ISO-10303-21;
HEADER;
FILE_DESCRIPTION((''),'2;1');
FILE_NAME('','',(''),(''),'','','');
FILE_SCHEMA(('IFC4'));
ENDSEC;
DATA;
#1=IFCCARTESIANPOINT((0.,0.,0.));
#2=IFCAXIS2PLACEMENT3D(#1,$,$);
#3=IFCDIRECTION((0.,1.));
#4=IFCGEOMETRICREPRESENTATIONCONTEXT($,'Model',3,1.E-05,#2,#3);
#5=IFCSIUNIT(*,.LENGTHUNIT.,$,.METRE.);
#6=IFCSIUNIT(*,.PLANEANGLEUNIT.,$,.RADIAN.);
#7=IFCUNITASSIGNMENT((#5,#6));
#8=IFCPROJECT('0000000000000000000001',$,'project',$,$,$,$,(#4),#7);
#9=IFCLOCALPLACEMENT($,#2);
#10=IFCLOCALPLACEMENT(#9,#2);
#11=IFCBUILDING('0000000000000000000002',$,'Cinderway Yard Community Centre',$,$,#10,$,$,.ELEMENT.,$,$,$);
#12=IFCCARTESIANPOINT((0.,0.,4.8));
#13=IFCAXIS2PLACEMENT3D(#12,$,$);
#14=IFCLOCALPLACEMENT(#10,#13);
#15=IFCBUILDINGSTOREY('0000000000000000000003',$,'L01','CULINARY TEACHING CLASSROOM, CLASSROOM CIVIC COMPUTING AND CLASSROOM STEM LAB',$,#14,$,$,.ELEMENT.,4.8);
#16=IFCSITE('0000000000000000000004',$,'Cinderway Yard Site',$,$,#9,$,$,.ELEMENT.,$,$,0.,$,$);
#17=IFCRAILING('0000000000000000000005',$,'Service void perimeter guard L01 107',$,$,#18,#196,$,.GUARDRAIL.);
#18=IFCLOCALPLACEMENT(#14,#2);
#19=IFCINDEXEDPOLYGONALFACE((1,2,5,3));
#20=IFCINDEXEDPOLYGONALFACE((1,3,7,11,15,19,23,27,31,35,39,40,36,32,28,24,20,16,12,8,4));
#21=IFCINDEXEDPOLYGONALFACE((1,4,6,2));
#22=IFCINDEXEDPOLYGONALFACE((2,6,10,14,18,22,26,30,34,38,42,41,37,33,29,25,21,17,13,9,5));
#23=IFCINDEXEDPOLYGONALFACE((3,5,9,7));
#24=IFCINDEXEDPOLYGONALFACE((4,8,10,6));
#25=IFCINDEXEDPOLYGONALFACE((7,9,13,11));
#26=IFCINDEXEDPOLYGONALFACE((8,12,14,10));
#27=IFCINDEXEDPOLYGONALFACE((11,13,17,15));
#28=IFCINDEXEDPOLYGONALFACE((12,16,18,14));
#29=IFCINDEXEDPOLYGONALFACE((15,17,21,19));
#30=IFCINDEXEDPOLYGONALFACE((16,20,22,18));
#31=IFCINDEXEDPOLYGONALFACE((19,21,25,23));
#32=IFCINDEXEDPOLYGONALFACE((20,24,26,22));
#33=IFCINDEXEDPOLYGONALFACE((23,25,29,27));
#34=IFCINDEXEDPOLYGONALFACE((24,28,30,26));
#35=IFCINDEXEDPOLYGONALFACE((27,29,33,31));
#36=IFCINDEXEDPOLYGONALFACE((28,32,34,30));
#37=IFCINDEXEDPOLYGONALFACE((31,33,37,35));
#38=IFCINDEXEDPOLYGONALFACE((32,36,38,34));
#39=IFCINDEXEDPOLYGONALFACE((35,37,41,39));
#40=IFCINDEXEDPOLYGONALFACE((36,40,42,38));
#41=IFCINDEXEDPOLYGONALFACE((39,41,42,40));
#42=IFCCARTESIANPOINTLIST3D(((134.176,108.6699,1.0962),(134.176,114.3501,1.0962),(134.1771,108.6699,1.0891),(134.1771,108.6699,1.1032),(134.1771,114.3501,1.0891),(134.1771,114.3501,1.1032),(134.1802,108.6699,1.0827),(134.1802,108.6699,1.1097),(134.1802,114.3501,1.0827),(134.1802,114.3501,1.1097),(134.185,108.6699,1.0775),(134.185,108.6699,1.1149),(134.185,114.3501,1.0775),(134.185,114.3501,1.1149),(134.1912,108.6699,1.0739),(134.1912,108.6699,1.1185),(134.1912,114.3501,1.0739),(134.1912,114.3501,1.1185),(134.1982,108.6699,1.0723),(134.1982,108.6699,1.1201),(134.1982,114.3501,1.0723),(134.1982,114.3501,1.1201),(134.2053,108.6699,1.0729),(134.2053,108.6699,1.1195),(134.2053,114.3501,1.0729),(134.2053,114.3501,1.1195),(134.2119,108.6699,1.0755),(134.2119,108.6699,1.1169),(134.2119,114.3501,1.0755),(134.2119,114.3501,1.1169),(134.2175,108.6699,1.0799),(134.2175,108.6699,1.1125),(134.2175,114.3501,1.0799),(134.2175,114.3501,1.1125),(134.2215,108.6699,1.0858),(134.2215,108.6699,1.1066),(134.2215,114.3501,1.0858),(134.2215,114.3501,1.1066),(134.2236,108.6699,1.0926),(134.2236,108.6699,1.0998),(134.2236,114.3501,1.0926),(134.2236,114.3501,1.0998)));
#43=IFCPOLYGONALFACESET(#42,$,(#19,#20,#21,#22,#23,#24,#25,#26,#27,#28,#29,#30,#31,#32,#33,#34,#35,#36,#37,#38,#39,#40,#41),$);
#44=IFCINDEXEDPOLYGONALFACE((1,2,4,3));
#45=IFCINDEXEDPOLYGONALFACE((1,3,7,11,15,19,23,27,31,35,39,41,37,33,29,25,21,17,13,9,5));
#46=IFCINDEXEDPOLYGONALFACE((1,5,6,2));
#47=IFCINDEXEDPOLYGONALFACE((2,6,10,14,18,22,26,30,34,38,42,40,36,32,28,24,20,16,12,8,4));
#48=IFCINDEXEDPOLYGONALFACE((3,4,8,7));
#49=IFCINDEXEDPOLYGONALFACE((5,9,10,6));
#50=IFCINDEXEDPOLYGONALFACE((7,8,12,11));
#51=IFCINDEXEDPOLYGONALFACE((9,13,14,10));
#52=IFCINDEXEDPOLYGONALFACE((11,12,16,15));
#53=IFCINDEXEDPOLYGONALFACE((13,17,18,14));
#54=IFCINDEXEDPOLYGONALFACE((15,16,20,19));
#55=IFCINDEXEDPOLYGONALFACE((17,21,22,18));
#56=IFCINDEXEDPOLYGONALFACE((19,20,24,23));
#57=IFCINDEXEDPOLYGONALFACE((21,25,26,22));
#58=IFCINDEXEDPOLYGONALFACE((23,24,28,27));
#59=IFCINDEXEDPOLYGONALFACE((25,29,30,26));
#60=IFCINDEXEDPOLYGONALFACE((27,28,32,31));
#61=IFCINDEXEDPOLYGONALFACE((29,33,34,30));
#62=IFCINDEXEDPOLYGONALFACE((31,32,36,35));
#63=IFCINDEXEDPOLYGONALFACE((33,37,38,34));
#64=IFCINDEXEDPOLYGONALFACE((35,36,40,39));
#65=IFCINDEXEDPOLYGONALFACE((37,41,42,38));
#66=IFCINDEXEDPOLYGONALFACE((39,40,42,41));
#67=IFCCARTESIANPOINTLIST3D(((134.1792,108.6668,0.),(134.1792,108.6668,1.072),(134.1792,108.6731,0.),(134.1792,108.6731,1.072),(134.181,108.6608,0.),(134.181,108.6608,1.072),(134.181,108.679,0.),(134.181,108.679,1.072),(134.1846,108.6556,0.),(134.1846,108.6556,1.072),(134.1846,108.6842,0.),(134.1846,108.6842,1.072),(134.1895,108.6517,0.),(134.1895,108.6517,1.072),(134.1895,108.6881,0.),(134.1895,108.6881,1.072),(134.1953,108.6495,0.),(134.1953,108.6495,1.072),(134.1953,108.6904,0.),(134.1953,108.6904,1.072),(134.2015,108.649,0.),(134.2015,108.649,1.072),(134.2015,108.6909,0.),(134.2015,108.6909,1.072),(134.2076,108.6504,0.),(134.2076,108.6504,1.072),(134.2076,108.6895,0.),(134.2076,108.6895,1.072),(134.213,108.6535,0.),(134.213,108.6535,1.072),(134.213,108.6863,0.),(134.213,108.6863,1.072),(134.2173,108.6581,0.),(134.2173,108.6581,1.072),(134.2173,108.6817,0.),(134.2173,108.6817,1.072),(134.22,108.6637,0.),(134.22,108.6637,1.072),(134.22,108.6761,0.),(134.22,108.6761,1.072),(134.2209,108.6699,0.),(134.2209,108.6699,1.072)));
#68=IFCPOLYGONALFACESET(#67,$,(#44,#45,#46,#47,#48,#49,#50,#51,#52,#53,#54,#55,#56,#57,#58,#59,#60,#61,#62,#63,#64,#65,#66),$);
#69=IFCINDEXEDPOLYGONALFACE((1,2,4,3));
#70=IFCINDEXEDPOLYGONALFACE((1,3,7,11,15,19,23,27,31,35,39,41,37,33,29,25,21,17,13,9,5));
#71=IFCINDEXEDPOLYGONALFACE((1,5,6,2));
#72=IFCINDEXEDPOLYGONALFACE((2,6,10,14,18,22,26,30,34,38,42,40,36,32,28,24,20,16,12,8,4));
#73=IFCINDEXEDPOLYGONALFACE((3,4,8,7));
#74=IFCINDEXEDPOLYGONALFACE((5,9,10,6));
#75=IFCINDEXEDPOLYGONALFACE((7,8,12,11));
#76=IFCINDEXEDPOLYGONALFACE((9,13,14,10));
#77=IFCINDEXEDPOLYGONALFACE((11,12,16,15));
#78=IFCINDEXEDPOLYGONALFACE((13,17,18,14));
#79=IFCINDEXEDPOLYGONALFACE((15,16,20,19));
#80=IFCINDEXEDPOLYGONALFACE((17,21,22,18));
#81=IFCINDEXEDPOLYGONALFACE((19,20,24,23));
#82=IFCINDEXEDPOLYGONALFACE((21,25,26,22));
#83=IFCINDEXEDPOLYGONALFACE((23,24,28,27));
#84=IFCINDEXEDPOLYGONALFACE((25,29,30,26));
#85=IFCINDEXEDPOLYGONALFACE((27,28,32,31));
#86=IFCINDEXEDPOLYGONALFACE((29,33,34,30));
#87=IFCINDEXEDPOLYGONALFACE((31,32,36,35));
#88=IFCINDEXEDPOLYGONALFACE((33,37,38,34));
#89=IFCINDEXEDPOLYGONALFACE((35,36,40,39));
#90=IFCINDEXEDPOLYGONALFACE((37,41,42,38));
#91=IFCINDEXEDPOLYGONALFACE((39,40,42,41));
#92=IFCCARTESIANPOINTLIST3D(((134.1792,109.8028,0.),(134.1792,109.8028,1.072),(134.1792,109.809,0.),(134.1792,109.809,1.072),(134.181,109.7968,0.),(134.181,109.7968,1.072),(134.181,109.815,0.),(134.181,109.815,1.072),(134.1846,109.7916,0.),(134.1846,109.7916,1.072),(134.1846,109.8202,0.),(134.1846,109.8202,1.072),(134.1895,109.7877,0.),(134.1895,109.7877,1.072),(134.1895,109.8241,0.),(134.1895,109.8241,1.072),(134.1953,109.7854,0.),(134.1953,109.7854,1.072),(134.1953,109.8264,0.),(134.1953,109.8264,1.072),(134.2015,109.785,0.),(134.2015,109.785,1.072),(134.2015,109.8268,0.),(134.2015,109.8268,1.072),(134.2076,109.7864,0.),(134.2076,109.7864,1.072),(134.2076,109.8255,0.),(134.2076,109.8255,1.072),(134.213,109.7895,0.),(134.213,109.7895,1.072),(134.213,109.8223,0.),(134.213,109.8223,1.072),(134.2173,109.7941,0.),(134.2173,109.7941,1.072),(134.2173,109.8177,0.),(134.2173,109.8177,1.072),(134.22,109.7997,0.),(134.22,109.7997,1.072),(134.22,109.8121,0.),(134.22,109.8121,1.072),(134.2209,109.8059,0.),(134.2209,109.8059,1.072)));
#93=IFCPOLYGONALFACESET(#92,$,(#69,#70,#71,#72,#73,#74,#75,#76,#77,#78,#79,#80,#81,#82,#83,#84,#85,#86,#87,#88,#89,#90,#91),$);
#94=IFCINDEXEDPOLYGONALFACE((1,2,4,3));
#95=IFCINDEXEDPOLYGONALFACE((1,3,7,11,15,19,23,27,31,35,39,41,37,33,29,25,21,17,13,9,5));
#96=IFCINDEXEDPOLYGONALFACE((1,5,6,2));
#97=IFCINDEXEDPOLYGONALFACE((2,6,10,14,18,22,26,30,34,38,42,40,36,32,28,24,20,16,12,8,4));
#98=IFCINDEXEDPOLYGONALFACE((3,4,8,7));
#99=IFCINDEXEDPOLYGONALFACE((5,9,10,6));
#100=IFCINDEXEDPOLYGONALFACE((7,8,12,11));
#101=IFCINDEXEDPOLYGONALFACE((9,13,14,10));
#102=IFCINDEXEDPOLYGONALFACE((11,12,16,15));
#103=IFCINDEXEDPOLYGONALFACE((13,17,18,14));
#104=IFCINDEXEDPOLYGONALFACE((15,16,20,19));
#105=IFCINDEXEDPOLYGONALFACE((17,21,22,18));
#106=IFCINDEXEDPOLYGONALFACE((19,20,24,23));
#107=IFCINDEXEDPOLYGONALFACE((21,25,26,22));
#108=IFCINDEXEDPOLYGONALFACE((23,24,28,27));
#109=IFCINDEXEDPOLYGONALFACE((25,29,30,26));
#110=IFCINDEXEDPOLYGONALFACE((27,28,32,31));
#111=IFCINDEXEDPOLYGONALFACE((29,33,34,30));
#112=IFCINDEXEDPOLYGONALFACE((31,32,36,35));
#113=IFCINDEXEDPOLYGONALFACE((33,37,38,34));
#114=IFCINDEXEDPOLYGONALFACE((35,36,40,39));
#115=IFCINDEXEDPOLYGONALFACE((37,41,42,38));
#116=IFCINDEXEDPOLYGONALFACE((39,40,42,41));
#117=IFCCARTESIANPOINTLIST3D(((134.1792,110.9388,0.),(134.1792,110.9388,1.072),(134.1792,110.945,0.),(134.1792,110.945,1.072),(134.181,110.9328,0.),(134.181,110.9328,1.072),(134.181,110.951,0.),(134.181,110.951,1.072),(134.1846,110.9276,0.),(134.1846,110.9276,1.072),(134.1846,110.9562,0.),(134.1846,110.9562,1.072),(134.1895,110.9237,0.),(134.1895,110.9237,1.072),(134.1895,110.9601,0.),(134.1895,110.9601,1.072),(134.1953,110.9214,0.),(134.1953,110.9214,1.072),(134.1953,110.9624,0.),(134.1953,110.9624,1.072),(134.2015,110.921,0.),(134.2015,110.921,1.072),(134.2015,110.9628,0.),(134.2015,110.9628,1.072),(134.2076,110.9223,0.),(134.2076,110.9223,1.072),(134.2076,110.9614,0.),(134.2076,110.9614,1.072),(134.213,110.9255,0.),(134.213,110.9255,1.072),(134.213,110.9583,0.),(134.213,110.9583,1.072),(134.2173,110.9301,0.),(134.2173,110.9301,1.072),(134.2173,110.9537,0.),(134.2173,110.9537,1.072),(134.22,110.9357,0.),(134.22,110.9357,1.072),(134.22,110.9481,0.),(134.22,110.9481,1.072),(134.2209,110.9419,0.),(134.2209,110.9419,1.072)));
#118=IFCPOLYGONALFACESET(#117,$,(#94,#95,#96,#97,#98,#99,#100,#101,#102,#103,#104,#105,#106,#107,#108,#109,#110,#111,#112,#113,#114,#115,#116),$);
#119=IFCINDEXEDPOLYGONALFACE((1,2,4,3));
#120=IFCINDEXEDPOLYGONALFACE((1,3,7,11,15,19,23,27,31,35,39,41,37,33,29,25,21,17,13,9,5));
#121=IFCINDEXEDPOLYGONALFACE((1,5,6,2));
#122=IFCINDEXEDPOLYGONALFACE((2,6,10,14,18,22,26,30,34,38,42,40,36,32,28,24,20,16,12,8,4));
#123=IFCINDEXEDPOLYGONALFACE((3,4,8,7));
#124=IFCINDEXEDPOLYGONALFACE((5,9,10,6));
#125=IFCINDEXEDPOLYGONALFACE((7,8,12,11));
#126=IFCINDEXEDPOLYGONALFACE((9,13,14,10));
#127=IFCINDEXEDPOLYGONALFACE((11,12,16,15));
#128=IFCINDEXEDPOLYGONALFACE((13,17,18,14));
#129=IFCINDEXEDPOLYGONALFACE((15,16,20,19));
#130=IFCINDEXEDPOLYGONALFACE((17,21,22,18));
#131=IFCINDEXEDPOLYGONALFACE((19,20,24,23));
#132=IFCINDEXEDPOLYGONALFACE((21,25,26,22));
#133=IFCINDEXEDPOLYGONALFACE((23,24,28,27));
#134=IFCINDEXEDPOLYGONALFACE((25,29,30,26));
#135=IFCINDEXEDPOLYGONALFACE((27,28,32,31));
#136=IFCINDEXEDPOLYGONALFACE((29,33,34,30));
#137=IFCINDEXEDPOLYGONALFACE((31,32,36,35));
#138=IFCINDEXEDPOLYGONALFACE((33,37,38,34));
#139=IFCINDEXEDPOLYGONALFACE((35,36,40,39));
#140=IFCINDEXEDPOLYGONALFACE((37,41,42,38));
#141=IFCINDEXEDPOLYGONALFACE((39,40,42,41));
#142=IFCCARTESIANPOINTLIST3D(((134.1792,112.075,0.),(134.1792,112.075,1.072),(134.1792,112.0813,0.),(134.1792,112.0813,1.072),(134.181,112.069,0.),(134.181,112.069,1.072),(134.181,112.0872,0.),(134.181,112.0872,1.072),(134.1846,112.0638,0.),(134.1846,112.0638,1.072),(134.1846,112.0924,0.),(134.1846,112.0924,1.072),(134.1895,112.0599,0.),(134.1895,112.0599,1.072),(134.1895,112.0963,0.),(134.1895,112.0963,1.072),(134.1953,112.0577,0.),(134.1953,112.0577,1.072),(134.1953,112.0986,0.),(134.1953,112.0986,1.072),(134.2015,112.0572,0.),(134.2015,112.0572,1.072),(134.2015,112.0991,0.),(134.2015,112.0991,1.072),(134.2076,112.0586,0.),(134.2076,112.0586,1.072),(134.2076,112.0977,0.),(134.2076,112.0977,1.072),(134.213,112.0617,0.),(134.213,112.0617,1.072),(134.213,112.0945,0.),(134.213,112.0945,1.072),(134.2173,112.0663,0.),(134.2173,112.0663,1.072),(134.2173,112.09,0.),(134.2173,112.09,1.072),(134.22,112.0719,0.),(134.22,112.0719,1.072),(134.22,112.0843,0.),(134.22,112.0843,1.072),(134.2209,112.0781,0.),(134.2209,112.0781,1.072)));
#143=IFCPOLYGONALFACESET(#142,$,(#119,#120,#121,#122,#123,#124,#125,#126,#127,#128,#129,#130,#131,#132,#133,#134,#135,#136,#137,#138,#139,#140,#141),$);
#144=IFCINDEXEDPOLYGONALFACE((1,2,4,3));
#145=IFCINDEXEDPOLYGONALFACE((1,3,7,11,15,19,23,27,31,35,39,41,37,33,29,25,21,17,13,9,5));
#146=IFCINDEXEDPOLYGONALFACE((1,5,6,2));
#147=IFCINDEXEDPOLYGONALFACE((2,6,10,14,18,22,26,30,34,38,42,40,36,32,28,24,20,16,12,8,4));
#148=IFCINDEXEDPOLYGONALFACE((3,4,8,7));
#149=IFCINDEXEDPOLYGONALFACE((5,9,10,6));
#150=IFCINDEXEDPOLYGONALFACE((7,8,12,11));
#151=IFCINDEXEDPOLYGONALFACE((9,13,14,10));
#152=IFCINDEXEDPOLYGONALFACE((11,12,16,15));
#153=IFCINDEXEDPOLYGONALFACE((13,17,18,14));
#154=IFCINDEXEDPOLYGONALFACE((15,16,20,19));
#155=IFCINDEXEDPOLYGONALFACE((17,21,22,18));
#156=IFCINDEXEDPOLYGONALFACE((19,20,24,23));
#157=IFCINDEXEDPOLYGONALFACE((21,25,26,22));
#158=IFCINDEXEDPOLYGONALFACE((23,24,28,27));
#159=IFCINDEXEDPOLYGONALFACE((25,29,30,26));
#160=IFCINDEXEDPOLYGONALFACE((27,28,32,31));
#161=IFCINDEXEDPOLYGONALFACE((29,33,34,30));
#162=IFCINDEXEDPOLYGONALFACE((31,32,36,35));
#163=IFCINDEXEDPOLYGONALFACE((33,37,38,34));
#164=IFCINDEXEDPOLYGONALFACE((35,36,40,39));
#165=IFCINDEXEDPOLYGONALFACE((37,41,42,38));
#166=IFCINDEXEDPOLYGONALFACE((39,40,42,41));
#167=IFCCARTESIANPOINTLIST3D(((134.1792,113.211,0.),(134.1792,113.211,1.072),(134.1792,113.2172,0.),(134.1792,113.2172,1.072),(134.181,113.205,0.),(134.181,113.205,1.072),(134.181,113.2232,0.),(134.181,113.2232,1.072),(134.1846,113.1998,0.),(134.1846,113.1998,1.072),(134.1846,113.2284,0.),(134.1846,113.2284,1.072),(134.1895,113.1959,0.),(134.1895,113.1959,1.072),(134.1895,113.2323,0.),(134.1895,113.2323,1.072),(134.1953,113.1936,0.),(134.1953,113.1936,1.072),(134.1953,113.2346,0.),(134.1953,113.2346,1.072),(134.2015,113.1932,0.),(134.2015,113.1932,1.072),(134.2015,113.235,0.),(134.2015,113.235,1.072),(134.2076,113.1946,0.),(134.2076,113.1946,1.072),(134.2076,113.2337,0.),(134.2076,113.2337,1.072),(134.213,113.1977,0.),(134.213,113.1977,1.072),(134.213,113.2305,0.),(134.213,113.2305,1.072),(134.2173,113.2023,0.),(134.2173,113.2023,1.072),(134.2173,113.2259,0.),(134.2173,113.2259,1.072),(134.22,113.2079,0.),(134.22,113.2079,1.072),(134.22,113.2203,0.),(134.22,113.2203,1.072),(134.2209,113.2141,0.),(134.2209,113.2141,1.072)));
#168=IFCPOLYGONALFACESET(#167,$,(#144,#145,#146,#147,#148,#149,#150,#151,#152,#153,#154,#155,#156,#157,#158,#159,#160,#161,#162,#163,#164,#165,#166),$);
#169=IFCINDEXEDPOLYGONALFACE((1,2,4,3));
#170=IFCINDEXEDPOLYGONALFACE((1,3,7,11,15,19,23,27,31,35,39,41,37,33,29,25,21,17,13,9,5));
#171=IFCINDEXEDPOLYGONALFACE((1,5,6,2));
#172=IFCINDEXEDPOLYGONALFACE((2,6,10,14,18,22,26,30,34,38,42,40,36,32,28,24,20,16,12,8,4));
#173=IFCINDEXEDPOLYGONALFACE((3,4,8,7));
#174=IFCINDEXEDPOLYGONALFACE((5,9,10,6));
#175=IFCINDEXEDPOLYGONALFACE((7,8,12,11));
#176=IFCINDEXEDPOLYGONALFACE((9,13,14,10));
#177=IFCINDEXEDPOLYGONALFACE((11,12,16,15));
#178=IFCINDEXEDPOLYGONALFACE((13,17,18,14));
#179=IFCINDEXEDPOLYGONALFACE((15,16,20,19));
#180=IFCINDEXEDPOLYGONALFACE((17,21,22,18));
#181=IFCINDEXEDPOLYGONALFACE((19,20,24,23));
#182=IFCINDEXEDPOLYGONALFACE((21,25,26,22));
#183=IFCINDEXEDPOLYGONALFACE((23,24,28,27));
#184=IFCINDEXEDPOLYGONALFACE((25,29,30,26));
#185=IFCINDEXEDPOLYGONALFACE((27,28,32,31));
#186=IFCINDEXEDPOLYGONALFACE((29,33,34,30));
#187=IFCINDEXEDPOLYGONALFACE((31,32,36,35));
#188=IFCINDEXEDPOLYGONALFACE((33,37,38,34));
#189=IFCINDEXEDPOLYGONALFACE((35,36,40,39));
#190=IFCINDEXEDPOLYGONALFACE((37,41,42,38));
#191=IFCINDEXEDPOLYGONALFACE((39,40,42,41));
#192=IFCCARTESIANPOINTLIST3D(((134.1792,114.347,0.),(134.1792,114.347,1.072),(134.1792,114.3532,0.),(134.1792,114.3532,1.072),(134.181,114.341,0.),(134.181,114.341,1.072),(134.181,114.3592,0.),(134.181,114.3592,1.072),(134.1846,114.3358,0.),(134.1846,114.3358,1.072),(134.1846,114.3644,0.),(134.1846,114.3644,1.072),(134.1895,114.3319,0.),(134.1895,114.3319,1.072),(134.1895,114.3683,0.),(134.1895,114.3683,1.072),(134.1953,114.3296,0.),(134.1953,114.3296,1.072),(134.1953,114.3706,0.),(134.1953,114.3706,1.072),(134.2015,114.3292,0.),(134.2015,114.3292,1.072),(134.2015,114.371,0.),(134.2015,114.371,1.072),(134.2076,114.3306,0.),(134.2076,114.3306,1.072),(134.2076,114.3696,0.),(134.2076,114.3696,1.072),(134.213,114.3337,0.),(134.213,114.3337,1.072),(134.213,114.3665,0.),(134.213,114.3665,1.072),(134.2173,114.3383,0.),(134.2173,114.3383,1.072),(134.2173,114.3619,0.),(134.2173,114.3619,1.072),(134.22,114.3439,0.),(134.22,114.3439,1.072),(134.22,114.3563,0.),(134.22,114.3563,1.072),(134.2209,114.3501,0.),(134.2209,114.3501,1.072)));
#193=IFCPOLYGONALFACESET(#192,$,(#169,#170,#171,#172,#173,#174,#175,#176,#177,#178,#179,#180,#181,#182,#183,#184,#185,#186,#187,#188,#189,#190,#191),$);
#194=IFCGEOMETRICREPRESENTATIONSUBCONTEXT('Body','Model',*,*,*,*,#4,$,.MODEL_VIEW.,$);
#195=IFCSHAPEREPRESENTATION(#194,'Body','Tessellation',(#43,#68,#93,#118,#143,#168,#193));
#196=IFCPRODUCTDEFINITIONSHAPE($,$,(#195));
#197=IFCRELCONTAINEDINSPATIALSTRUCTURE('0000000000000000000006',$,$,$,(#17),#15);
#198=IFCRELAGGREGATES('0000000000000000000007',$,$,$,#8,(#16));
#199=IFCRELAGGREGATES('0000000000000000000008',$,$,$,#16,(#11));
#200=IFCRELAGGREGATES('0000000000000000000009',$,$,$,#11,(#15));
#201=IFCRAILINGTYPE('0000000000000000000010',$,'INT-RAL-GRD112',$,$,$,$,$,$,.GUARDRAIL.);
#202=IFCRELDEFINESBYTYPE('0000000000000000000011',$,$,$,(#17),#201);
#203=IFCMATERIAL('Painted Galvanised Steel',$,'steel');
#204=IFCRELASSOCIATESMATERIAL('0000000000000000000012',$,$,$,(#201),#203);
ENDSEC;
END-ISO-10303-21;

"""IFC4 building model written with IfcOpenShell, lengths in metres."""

from ifc_helpers import new_model, si_unit, direction, frame, origin, origin_2d, place, context, subcontext, project, spatial, circle, extrude, material, type_object, element, save


model = new_model("IFC4")

# Units and contexts
model_context = context("Model", 3, precision=1e-05, world=origin(), true_north=direction((0.0, 1.0)))
body_context = subcontext(model_context, "Body", "Model", "MODEL_VIEW")
ifc_project = project(units=[si_unit("LENGTHUNIT", "METRE"), si_unit("PLANEANGLEUNIT", "RADIAN")], contexts=[model_context])

# Site, building, storey
site_placement = place(None, origin())
site = spatial("IfcSite", under=ifc_project, at=site_placement, Name="Cinderway Yard Site", CompositionType="ELEMENT", RefElevation=0.0)
building_placement = place(site_placement, origin())
building = spatial("IfcBuilding", under=site, at=building_placement, Name="Cinderway Yard Community Centre", CompositionType="ELEMENT")
storey_placement = place(building_placement, frame((0.0, 0.0, 4.8)))
storey = spatial("IfcBuildingStorey", under=building, at=storey_placement, Name="L01", Description="CULINARY TEACHING CLASSROOM, CLASSROOM CIVIC COMPUTING AND CLASSROOM STEM LAB", CompositionType="ELEMENT", Elevation=4.8)

# Railing
ifc_material_1 = material(Name="Painted Galvanised Steel", Category="steel")
railing_type_1 = type_object("IfcRailingType", Name="INT-RAL-GRD112", PredefinedType="GUARDRAIL", material=ifc_material_1)
railing_1_placement = place(storey_placement, frame((134.2, 108.6699, 0.0)))
element("IfcRailing", 1, at=railing_1_placement, inside=storey, type_object=railing_type_1, Name="Service void perimeter guard L01 107", PredefinedType="GUARDRAIL", context=body_context, shape_type="SweptSolid", body=[
    extrude(circle(Radius=0.0239, at=origin_2d()), frame((0.0, 0.0, 1.0962), z_axis=(0.0, 1.0, 0.0), x_axis=(-1.0, 0.0, 0.0)), (0.0, 0.0, 1.0), 5.6802),
    extrude(circle(Radius=0.021, at=origin_2d()), origin(), (0.0, 0.0, 1.0), 1.072),
    extrude(circle(Radius=0.021, at=origin_2d()), frame((0.0, 1.136, 0.0)), (0.0, 0.0, 1.0), 1.072),
    extrude(circle(Radius=0.021, at=origin_2d()), frame((0.0, 2.272, 0.0)), (0.0, 0.0, 1.0), 1.072),
    extrude(circle(Radius=0.021, at=origin_2d()), frame((0.0, 3.4082, 0.0)), (0.0, 0.0, 1.0), 1.072),
    extrude(circle(Radius=0.021, at=origin_2d()), frame((0.0, 4.5442, 0.0)), (0.0, 0.0, 1.0), 1.072),
    extrude(circle(Radius=0.021, at=origin_2d()), frame((0.0, 5.6802, 0.0)), (0.0, 0.0, 1.0), 1.072),
])

save(model, "model.ifc")
